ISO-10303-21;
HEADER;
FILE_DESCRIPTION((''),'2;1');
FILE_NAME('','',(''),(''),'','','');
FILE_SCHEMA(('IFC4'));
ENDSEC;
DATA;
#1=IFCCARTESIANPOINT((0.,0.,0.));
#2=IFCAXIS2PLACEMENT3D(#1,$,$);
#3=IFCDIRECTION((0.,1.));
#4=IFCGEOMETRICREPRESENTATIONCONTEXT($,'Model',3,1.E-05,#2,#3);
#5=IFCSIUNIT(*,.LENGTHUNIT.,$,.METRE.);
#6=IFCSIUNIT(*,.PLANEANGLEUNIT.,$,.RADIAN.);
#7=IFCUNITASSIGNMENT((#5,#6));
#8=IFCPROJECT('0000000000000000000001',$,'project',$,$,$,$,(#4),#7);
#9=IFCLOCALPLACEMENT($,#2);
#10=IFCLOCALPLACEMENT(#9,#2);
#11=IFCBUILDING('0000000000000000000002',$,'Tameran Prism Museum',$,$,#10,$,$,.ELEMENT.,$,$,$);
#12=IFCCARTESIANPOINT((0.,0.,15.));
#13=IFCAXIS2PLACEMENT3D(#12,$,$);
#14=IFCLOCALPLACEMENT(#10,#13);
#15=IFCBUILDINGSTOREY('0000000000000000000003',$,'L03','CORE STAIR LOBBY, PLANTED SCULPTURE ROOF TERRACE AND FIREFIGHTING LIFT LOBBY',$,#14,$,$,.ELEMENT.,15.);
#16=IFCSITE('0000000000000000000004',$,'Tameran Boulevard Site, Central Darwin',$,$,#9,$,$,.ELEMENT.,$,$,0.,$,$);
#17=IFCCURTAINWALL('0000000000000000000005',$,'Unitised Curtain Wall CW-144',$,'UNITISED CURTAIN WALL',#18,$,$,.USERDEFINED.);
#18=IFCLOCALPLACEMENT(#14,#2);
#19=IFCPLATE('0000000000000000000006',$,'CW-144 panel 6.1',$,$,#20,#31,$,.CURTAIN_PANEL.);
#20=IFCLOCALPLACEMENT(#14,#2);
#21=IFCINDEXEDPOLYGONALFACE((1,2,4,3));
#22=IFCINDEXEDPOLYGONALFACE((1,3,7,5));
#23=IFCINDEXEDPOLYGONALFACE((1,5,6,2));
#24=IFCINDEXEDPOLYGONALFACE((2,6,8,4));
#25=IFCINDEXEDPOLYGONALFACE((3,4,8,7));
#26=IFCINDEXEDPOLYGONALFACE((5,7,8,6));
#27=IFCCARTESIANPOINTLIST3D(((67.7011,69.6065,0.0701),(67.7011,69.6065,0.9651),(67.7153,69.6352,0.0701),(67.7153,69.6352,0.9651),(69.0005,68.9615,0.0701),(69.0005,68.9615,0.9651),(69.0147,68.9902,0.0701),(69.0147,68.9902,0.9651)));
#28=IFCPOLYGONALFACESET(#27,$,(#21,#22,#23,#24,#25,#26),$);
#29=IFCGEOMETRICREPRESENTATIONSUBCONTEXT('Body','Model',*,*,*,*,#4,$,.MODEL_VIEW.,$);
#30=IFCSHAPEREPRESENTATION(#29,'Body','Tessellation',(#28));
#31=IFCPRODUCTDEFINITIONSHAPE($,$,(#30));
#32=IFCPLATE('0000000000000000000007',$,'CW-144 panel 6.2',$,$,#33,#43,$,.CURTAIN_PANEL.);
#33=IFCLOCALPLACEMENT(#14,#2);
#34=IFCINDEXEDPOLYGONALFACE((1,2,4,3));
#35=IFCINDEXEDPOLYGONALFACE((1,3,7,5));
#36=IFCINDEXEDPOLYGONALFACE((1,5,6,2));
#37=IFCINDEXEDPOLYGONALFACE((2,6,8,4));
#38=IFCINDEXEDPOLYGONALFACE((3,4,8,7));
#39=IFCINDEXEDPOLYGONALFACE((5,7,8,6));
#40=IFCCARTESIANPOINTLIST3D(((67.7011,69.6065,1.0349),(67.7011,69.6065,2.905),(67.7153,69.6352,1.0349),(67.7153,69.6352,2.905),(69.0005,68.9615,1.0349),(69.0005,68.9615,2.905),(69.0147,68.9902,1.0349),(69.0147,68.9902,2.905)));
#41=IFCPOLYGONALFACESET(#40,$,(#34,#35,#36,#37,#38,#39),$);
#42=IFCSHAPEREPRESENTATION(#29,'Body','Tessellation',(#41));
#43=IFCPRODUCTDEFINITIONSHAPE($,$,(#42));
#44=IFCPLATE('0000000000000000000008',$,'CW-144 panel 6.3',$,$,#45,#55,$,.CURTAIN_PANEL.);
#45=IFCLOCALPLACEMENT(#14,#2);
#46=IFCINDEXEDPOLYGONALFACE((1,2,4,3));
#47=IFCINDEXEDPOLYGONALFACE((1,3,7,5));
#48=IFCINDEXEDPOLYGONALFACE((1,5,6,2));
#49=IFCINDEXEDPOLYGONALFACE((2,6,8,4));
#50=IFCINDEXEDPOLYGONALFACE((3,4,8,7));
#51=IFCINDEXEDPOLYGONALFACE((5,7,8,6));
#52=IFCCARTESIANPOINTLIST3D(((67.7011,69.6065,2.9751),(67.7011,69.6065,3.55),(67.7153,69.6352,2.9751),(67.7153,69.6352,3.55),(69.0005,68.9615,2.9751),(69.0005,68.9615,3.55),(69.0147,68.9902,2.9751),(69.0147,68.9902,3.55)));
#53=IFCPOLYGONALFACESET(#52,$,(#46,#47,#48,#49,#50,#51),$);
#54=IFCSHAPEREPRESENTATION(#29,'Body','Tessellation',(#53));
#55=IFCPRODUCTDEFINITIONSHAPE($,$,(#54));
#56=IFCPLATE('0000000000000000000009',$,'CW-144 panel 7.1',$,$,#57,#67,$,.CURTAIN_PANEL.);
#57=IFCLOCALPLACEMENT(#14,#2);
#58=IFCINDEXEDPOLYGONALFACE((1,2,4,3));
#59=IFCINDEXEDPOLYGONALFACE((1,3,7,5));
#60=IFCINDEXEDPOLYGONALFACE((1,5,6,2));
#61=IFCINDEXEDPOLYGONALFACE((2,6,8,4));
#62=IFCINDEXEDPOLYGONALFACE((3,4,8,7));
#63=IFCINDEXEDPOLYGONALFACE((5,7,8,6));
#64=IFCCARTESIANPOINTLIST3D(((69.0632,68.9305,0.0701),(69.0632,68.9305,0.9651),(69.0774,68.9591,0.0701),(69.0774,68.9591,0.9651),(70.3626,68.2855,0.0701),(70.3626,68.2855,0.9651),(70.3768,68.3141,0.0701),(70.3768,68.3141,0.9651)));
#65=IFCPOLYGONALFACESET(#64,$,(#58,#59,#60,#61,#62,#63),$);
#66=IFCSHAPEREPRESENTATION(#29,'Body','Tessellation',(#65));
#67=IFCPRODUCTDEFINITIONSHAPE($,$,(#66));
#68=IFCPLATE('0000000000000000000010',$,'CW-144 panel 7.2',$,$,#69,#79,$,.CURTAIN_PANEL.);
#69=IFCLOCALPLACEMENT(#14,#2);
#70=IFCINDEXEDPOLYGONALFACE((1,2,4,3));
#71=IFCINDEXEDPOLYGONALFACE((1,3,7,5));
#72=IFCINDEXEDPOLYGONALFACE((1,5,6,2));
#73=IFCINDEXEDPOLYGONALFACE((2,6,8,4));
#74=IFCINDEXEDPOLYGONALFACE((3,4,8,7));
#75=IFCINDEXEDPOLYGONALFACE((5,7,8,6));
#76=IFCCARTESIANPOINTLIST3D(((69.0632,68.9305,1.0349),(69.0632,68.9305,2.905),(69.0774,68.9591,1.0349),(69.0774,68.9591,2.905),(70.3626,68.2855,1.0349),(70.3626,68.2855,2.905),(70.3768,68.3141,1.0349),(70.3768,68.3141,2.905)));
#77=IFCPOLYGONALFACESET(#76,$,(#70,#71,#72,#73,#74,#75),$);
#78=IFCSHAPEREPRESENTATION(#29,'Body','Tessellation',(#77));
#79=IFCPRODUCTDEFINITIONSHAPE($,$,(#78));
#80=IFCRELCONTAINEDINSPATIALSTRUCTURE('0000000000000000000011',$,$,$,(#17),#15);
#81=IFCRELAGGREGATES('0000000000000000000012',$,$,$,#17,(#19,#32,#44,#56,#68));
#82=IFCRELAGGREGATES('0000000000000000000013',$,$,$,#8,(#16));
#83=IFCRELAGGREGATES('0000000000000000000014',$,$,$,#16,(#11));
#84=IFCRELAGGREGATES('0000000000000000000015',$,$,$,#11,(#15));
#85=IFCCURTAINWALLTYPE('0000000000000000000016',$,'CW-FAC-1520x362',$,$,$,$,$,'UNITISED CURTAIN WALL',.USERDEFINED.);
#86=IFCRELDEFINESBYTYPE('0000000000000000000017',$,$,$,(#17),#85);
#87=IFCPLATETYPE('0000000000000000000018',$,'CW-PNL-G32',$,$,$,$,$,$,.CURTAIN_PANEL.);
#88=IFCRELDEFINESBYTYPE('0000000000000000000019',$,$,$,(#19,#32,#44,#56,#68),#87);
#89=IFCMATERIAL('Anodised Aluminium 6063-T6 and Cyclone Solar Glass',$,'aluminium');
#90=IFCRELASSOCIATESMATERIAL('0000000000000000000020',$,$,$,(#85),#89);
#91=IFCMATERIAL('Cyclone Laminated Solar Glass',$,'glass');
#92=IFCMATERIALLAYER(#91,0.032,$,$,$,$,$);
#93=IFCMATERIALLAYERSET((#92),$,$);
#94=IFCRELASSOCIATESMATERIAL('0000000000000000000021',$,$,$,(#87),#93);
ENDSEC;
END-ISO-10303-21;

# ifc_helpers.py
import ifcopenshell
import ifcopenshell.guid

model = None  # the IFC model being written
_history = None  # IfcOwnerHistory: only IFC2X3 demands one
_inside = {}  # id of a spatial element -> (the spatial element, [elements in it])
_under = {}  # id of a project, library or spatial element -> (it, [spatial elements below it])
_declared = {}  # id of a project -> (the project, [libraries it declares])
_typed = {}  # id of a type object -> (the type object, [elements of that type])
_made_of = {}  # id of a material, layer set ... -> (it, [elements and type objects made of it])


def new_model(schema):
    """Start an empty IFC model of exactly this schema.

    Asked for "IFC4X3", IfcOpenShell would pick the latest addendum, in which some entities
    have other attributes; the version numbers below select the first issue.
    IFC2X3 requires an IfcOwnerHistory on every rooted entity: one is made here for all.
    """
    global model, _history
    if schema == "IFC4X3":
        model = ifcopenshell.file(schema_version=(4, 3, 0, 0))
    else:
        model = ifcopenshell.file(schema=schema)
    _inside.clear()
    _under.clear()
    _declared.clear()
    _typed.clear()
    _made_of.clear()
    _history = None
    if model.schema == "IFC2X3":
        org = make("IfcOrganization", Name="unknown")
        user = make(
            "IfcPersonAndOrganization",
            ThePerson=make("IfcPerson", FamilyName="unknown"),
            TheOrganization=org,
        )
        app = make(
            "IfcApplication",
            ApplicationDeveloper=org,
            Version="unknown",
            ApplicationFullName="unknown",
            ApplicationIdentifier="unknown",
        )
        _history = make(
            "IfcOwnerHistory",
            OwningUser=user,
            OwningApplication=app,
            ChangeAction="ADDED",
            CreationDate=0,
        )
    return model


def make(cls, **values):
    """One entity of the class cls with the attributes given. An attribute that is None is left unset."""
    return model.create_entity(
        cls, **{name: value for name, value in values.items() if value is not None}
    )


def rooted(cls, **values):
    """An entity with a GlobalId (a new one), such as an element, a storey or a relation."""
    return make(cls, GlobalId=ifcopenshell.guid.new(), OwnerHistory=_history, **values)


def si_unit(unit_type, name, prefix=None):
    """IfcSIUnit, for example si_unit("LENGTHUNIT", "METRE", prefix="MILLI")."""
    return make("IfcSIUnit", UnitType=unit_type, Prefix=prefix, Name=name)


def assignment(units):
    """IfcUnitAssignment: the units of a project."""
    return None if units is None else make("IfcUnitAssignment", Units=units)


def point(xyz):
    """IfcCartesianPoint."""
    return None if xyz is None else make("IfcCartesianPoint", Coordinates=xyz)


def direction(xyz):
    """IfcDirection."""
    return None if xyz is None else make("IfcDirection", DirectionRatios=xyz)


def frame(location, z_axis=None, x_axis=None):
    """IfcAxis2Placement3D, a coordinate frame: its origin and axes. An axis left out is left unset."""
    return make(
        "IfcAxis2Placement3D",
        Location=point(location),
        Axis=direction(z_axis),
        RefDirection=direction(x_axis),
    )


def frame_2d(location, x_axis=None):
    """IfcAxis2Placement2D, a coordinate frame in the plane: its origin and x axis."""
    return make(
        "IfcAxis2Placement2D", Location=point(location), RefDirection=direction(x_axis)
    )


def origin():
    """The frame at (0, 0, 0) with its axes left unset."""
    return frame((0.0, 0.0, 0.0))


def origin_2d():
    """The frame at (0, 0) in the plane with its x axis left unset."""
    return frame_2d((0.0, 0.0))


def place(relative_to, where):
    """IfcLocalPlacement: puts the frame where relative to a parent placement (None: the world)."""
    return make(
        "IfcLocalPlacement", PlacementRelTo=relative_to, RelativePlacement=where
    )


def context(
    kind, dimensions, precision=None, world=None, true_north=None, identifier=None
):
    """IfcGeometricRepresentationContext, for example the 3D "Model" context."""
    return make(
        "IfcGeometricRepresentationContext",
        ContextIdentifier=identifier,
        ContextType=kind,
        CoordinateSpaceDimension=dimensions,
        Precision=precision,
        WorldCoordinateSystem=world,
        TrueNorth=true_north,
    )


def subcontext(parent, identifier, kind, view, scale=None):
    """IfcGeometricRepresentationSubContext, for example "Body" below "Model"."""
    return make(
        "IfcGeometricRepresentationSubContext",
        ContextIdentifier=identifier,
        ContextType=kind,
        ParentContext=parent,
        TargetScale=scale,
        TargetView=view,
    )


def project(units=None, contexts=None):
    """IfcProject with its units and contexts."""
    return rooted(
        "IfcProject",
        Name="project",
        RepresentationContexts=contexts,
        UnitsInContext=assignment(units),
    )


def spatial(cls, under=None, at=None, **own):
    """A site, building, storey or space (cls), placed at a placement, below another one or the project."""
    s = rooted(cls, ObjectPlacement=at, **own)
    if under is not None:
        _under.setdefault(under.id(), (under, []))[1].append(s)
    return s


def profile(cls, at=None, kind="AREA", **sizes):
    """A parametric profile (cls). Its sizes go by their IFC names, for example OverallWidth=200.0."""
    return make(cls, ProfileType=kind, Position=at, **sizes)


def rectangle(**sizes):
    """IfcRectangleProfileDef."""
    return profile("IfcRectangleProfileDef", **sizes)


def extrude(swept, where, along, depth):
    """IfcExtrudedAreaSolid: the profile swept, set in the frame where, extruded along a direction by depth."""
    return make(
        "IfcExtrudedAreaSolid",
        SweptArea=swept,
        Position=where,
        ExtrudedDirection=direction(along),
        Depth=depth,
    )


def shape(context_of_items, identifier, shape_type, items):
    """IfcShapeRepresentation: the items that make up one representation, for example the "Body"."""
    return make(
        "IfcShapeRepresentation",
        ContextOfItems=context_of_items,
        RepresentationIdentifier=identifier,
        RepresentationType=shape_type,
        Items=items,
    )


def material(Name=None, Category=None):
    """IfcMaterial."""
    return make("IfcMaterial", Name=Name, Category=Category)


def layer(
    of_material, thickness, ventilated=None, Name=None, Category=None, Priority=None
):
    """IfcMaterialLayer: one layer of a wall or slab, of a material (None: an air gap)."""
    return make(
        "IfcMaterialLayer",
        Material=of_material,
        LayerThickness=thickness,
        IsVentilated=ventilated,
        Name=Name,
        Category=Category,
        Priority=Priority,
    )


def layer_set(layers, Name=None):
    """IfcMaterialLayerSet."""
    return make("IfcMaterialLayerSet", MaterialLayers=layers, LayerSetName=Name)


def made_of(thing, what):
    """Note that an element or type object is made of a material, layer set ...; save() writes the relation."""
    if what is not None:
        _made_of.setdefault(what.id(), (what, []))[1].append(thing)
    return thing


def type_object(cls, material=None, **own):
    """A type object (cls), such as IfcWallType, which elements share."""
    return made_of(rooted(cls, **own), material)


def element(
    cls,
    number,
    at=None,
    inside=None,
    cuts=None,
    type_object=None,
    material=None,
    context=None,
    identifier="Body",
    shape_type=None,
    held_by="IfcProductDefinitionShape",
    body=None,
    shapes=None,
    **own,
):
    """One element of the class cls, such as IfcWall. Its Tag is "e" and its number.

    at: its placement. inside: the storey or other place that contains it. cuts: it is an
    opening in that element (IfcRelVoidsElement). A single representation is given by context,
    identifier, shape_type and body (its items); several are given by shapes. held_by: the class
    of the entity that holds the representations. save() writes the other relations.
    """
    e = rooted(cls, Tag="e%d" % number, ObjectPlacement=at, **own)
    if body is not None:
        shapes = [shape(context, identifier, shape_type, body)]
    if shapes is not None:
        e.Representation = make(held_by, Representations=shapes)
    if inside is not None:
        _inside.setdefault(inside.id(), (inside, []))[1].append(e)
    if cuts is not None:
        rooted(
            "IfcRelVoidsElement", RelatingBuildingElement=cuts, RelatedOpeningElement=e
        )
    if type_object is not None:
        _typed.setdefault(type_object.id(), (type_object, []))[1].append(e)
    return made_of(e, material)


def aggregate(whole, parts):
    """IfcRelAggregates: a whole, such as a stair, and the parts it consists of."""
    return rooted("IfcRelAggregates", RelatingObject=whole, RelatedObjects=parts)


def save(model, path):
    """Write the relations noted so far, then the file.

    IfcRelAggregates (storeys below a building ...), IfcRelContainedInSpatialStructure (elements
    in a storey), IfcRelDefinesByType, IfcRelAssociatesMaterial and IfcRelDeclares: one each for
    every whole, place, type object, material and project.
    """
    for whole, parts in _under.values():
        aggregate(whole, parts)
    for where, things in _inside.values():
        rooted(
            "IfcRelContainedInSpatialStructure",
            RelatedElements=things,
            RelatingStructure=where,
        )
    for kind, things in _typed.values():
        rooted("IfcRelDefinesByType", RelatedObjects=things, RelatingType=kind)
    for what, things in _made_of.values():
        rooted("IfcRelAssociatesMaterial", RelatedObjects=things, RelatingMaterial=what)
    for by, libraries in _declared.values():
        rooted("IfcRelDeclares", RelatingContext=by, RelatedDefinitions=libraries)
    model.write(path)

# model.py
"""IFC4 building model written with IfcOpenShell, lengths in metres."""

from ifc_helpers import new_model, si_unit, direction, frame, origin, origin_2d, place, context, subcontext, project, spatial, rectangle, extrude, material, layer, layer_set, type_object, element, aggregate, save


model = new_model("IFC4")

# Units and contexts
model_context = context("Model", 3, precision=1e-05, world=origin(), true_north=direction((0.0, 1.0)))
body_context = subcontext(model_context, "Body", "Model", "MODEL_VIEW")
ifc_project = project(units=[si_unit("LENGTHUNIT", "METRE"), si_unit("PLANEANGLEUNIT", "RADIAN")], contexts=[model_context])

# Site, building, storey
site_placement = place(None, origin())
site = spatial("IfcSite", under=ifc_project, at=site_placement, Name="Tameran Boulevard Site, Central Darwin", CompositionType="ELEMENT", RefElevation=0.0)
building_placement = place(site_placement, origin())
building = spatial("IfcBuilding", under=site, at=building_placement, Name="Tameran Prism Museum", CompositionType="ELEMENT")
storey_placement = place(building_placement, frame((0.0, 0.0, 15.0)))
storey = spatial("IfcBuildingStorey", under=building, at=storey_placement, Name="L03", Description="CORE STAIR LOBBY, PLANTED SCULPTURE ROOF TERRACE AND FIREFIGHTING LIFT LOBBY", CompositionType="ELEMENT", Elevation=15.0)

# Curtain wall, plates
ifc_material_1 = material(Name="Anodised Aluminium 6063-T6 and Cyclone Solar Glass", Category="aluminium")
curtain_wall_type = type_object("IfcCurtainWallType", Name="CW-FAC-1520x362", ElementType="UNITISED CURTAIN WALL", PredefinedType="USERDEFINED", material=ifc_material_1)
curtain_wall_placement = place(storey_placement, origin())
curtain_wall = element("IfcCurtainWall", 1, at=curtain_wall_placement, inside=storey, type_object=curtain_wall_type, Name="Unitised Curtain Wall CW-144", ObjectType="UNITISED CURTAIN WALL", PredefinedType="USERDEFINED")
ifc_material_2 = material(Name="Cyclone Laminated Solar Glass", Category="glass")
ifc_layer = layer(ifc_material_2, 0.032)
ifc_layer_set = layer_set([ifc_layer])
plate_type = type_object("IfcPlateType", Name="CW-PNL-G32", PredefinedType="CURTAIN_PANEL", material=ifc_layer_set)
plate_1_placement = place(storey_placement, frame((68.3579, 69.2983, 0.0701), z_axis=(0.0, 0.0, 1.0), x_axis=(0.895712, -0.444634, 0.0)))
plate_1 = element("IfcPlate", 2, at=plate_1_placement, type_object=plate_type, Name="CW-144 panel 6.1", PredefinedType="CURTAIN_PANEL", context=body_context, shape_type="SweptSolid", body=[
    extrude(rectangle(XDim=1.4507, YDim=0.032, at=origin_2d()), origin(), (0.0, 0.0, 1.0), 0.895),
])
plate_2_placement = place(storey_placement, frame((68.3579, 69.2983, 1.0349), z_axis=(0.0, 0.0, 1.0), x_axis=(0.895712, -0.444634, 0.0)))
plate_2 = element("IfcPlate", 3, at=plate_2_placement, type_object=plate_type, Name="CW-144 panel 6.2", PredefinedType="CURTAIN_PANEL", context=body_context, shape_type="SweptSolid", body=[
    extrude(rectangle(XDim=1.4507, YDim=0.032, at=origin_2d()), origin(), (0.0, 0.0, 1.0), 1.8701),
])
plate_3_placement = place(storey_placement, frame((68.3579, 69.2983, 2.9751), z_axis=(0.0, 0.0, 1.0), x_axis=(0.895712, -0.444634, 0.0)))
plate_3 = element("IfcPlate", 4, at=plate_3_placement, type_object=plate_type, Name="CW-144 panel 6.3", PredefinedType="CURTAIN_PANEL", context=body_context, shape_type="SweptSolid", body=[
    extrude(rectangle(XDim=1.4507, YDim=0.032, at=origin_2d()), origin(), (0.0, 0.0, 1.0), 0.575),
])
plate_4_placement = place(storey_placement, frame((69.72, 68.6223, 0.0701), z_axis=(0.0, 0.0, 1.0), x_axis=(0.895712, -0.444634, 0.0)))
plate_4 = element("IfcPlate", 5, at=plate_4_placement, type_object=plate_type, Name="CW-144 panel 7.1", PredefinedType="CURTAIN_PANEL", context=body_context, shape_type="SweptSolid", body=[
    extrude(rectangle(XDim=1.4507, YDim=0.032, at=origin_2d()), origin(), (0.0, 0.0, 1.0), 0.895),
])
plate_5_placement = place(storey_placement, frame((69.72, 68.6223, 1.0349), z_axis=(0.0, 0.0, 1.0), x_axis=(0.895712, -0.444634, 0.0)))
plate_5 = element("IfcPlate", 6, at=plate_5_placement, type_object=plate_type, Name="CW-144 panel 7.2", PredefinedType="CURTAIN_PANEL", context=body_context, shape_type="SweptSolid", body=[
    extrude(rectangle(XDim=1.4507, YDim=0.032, at=origin_2d()), origin(), (0.0, 0.0, 1.0), 1.8701),
])
aggregate(curtain_wall, [plate_1, plate_2, plate_3, plate_4, plate_5])

save(model, "model.ifc")
